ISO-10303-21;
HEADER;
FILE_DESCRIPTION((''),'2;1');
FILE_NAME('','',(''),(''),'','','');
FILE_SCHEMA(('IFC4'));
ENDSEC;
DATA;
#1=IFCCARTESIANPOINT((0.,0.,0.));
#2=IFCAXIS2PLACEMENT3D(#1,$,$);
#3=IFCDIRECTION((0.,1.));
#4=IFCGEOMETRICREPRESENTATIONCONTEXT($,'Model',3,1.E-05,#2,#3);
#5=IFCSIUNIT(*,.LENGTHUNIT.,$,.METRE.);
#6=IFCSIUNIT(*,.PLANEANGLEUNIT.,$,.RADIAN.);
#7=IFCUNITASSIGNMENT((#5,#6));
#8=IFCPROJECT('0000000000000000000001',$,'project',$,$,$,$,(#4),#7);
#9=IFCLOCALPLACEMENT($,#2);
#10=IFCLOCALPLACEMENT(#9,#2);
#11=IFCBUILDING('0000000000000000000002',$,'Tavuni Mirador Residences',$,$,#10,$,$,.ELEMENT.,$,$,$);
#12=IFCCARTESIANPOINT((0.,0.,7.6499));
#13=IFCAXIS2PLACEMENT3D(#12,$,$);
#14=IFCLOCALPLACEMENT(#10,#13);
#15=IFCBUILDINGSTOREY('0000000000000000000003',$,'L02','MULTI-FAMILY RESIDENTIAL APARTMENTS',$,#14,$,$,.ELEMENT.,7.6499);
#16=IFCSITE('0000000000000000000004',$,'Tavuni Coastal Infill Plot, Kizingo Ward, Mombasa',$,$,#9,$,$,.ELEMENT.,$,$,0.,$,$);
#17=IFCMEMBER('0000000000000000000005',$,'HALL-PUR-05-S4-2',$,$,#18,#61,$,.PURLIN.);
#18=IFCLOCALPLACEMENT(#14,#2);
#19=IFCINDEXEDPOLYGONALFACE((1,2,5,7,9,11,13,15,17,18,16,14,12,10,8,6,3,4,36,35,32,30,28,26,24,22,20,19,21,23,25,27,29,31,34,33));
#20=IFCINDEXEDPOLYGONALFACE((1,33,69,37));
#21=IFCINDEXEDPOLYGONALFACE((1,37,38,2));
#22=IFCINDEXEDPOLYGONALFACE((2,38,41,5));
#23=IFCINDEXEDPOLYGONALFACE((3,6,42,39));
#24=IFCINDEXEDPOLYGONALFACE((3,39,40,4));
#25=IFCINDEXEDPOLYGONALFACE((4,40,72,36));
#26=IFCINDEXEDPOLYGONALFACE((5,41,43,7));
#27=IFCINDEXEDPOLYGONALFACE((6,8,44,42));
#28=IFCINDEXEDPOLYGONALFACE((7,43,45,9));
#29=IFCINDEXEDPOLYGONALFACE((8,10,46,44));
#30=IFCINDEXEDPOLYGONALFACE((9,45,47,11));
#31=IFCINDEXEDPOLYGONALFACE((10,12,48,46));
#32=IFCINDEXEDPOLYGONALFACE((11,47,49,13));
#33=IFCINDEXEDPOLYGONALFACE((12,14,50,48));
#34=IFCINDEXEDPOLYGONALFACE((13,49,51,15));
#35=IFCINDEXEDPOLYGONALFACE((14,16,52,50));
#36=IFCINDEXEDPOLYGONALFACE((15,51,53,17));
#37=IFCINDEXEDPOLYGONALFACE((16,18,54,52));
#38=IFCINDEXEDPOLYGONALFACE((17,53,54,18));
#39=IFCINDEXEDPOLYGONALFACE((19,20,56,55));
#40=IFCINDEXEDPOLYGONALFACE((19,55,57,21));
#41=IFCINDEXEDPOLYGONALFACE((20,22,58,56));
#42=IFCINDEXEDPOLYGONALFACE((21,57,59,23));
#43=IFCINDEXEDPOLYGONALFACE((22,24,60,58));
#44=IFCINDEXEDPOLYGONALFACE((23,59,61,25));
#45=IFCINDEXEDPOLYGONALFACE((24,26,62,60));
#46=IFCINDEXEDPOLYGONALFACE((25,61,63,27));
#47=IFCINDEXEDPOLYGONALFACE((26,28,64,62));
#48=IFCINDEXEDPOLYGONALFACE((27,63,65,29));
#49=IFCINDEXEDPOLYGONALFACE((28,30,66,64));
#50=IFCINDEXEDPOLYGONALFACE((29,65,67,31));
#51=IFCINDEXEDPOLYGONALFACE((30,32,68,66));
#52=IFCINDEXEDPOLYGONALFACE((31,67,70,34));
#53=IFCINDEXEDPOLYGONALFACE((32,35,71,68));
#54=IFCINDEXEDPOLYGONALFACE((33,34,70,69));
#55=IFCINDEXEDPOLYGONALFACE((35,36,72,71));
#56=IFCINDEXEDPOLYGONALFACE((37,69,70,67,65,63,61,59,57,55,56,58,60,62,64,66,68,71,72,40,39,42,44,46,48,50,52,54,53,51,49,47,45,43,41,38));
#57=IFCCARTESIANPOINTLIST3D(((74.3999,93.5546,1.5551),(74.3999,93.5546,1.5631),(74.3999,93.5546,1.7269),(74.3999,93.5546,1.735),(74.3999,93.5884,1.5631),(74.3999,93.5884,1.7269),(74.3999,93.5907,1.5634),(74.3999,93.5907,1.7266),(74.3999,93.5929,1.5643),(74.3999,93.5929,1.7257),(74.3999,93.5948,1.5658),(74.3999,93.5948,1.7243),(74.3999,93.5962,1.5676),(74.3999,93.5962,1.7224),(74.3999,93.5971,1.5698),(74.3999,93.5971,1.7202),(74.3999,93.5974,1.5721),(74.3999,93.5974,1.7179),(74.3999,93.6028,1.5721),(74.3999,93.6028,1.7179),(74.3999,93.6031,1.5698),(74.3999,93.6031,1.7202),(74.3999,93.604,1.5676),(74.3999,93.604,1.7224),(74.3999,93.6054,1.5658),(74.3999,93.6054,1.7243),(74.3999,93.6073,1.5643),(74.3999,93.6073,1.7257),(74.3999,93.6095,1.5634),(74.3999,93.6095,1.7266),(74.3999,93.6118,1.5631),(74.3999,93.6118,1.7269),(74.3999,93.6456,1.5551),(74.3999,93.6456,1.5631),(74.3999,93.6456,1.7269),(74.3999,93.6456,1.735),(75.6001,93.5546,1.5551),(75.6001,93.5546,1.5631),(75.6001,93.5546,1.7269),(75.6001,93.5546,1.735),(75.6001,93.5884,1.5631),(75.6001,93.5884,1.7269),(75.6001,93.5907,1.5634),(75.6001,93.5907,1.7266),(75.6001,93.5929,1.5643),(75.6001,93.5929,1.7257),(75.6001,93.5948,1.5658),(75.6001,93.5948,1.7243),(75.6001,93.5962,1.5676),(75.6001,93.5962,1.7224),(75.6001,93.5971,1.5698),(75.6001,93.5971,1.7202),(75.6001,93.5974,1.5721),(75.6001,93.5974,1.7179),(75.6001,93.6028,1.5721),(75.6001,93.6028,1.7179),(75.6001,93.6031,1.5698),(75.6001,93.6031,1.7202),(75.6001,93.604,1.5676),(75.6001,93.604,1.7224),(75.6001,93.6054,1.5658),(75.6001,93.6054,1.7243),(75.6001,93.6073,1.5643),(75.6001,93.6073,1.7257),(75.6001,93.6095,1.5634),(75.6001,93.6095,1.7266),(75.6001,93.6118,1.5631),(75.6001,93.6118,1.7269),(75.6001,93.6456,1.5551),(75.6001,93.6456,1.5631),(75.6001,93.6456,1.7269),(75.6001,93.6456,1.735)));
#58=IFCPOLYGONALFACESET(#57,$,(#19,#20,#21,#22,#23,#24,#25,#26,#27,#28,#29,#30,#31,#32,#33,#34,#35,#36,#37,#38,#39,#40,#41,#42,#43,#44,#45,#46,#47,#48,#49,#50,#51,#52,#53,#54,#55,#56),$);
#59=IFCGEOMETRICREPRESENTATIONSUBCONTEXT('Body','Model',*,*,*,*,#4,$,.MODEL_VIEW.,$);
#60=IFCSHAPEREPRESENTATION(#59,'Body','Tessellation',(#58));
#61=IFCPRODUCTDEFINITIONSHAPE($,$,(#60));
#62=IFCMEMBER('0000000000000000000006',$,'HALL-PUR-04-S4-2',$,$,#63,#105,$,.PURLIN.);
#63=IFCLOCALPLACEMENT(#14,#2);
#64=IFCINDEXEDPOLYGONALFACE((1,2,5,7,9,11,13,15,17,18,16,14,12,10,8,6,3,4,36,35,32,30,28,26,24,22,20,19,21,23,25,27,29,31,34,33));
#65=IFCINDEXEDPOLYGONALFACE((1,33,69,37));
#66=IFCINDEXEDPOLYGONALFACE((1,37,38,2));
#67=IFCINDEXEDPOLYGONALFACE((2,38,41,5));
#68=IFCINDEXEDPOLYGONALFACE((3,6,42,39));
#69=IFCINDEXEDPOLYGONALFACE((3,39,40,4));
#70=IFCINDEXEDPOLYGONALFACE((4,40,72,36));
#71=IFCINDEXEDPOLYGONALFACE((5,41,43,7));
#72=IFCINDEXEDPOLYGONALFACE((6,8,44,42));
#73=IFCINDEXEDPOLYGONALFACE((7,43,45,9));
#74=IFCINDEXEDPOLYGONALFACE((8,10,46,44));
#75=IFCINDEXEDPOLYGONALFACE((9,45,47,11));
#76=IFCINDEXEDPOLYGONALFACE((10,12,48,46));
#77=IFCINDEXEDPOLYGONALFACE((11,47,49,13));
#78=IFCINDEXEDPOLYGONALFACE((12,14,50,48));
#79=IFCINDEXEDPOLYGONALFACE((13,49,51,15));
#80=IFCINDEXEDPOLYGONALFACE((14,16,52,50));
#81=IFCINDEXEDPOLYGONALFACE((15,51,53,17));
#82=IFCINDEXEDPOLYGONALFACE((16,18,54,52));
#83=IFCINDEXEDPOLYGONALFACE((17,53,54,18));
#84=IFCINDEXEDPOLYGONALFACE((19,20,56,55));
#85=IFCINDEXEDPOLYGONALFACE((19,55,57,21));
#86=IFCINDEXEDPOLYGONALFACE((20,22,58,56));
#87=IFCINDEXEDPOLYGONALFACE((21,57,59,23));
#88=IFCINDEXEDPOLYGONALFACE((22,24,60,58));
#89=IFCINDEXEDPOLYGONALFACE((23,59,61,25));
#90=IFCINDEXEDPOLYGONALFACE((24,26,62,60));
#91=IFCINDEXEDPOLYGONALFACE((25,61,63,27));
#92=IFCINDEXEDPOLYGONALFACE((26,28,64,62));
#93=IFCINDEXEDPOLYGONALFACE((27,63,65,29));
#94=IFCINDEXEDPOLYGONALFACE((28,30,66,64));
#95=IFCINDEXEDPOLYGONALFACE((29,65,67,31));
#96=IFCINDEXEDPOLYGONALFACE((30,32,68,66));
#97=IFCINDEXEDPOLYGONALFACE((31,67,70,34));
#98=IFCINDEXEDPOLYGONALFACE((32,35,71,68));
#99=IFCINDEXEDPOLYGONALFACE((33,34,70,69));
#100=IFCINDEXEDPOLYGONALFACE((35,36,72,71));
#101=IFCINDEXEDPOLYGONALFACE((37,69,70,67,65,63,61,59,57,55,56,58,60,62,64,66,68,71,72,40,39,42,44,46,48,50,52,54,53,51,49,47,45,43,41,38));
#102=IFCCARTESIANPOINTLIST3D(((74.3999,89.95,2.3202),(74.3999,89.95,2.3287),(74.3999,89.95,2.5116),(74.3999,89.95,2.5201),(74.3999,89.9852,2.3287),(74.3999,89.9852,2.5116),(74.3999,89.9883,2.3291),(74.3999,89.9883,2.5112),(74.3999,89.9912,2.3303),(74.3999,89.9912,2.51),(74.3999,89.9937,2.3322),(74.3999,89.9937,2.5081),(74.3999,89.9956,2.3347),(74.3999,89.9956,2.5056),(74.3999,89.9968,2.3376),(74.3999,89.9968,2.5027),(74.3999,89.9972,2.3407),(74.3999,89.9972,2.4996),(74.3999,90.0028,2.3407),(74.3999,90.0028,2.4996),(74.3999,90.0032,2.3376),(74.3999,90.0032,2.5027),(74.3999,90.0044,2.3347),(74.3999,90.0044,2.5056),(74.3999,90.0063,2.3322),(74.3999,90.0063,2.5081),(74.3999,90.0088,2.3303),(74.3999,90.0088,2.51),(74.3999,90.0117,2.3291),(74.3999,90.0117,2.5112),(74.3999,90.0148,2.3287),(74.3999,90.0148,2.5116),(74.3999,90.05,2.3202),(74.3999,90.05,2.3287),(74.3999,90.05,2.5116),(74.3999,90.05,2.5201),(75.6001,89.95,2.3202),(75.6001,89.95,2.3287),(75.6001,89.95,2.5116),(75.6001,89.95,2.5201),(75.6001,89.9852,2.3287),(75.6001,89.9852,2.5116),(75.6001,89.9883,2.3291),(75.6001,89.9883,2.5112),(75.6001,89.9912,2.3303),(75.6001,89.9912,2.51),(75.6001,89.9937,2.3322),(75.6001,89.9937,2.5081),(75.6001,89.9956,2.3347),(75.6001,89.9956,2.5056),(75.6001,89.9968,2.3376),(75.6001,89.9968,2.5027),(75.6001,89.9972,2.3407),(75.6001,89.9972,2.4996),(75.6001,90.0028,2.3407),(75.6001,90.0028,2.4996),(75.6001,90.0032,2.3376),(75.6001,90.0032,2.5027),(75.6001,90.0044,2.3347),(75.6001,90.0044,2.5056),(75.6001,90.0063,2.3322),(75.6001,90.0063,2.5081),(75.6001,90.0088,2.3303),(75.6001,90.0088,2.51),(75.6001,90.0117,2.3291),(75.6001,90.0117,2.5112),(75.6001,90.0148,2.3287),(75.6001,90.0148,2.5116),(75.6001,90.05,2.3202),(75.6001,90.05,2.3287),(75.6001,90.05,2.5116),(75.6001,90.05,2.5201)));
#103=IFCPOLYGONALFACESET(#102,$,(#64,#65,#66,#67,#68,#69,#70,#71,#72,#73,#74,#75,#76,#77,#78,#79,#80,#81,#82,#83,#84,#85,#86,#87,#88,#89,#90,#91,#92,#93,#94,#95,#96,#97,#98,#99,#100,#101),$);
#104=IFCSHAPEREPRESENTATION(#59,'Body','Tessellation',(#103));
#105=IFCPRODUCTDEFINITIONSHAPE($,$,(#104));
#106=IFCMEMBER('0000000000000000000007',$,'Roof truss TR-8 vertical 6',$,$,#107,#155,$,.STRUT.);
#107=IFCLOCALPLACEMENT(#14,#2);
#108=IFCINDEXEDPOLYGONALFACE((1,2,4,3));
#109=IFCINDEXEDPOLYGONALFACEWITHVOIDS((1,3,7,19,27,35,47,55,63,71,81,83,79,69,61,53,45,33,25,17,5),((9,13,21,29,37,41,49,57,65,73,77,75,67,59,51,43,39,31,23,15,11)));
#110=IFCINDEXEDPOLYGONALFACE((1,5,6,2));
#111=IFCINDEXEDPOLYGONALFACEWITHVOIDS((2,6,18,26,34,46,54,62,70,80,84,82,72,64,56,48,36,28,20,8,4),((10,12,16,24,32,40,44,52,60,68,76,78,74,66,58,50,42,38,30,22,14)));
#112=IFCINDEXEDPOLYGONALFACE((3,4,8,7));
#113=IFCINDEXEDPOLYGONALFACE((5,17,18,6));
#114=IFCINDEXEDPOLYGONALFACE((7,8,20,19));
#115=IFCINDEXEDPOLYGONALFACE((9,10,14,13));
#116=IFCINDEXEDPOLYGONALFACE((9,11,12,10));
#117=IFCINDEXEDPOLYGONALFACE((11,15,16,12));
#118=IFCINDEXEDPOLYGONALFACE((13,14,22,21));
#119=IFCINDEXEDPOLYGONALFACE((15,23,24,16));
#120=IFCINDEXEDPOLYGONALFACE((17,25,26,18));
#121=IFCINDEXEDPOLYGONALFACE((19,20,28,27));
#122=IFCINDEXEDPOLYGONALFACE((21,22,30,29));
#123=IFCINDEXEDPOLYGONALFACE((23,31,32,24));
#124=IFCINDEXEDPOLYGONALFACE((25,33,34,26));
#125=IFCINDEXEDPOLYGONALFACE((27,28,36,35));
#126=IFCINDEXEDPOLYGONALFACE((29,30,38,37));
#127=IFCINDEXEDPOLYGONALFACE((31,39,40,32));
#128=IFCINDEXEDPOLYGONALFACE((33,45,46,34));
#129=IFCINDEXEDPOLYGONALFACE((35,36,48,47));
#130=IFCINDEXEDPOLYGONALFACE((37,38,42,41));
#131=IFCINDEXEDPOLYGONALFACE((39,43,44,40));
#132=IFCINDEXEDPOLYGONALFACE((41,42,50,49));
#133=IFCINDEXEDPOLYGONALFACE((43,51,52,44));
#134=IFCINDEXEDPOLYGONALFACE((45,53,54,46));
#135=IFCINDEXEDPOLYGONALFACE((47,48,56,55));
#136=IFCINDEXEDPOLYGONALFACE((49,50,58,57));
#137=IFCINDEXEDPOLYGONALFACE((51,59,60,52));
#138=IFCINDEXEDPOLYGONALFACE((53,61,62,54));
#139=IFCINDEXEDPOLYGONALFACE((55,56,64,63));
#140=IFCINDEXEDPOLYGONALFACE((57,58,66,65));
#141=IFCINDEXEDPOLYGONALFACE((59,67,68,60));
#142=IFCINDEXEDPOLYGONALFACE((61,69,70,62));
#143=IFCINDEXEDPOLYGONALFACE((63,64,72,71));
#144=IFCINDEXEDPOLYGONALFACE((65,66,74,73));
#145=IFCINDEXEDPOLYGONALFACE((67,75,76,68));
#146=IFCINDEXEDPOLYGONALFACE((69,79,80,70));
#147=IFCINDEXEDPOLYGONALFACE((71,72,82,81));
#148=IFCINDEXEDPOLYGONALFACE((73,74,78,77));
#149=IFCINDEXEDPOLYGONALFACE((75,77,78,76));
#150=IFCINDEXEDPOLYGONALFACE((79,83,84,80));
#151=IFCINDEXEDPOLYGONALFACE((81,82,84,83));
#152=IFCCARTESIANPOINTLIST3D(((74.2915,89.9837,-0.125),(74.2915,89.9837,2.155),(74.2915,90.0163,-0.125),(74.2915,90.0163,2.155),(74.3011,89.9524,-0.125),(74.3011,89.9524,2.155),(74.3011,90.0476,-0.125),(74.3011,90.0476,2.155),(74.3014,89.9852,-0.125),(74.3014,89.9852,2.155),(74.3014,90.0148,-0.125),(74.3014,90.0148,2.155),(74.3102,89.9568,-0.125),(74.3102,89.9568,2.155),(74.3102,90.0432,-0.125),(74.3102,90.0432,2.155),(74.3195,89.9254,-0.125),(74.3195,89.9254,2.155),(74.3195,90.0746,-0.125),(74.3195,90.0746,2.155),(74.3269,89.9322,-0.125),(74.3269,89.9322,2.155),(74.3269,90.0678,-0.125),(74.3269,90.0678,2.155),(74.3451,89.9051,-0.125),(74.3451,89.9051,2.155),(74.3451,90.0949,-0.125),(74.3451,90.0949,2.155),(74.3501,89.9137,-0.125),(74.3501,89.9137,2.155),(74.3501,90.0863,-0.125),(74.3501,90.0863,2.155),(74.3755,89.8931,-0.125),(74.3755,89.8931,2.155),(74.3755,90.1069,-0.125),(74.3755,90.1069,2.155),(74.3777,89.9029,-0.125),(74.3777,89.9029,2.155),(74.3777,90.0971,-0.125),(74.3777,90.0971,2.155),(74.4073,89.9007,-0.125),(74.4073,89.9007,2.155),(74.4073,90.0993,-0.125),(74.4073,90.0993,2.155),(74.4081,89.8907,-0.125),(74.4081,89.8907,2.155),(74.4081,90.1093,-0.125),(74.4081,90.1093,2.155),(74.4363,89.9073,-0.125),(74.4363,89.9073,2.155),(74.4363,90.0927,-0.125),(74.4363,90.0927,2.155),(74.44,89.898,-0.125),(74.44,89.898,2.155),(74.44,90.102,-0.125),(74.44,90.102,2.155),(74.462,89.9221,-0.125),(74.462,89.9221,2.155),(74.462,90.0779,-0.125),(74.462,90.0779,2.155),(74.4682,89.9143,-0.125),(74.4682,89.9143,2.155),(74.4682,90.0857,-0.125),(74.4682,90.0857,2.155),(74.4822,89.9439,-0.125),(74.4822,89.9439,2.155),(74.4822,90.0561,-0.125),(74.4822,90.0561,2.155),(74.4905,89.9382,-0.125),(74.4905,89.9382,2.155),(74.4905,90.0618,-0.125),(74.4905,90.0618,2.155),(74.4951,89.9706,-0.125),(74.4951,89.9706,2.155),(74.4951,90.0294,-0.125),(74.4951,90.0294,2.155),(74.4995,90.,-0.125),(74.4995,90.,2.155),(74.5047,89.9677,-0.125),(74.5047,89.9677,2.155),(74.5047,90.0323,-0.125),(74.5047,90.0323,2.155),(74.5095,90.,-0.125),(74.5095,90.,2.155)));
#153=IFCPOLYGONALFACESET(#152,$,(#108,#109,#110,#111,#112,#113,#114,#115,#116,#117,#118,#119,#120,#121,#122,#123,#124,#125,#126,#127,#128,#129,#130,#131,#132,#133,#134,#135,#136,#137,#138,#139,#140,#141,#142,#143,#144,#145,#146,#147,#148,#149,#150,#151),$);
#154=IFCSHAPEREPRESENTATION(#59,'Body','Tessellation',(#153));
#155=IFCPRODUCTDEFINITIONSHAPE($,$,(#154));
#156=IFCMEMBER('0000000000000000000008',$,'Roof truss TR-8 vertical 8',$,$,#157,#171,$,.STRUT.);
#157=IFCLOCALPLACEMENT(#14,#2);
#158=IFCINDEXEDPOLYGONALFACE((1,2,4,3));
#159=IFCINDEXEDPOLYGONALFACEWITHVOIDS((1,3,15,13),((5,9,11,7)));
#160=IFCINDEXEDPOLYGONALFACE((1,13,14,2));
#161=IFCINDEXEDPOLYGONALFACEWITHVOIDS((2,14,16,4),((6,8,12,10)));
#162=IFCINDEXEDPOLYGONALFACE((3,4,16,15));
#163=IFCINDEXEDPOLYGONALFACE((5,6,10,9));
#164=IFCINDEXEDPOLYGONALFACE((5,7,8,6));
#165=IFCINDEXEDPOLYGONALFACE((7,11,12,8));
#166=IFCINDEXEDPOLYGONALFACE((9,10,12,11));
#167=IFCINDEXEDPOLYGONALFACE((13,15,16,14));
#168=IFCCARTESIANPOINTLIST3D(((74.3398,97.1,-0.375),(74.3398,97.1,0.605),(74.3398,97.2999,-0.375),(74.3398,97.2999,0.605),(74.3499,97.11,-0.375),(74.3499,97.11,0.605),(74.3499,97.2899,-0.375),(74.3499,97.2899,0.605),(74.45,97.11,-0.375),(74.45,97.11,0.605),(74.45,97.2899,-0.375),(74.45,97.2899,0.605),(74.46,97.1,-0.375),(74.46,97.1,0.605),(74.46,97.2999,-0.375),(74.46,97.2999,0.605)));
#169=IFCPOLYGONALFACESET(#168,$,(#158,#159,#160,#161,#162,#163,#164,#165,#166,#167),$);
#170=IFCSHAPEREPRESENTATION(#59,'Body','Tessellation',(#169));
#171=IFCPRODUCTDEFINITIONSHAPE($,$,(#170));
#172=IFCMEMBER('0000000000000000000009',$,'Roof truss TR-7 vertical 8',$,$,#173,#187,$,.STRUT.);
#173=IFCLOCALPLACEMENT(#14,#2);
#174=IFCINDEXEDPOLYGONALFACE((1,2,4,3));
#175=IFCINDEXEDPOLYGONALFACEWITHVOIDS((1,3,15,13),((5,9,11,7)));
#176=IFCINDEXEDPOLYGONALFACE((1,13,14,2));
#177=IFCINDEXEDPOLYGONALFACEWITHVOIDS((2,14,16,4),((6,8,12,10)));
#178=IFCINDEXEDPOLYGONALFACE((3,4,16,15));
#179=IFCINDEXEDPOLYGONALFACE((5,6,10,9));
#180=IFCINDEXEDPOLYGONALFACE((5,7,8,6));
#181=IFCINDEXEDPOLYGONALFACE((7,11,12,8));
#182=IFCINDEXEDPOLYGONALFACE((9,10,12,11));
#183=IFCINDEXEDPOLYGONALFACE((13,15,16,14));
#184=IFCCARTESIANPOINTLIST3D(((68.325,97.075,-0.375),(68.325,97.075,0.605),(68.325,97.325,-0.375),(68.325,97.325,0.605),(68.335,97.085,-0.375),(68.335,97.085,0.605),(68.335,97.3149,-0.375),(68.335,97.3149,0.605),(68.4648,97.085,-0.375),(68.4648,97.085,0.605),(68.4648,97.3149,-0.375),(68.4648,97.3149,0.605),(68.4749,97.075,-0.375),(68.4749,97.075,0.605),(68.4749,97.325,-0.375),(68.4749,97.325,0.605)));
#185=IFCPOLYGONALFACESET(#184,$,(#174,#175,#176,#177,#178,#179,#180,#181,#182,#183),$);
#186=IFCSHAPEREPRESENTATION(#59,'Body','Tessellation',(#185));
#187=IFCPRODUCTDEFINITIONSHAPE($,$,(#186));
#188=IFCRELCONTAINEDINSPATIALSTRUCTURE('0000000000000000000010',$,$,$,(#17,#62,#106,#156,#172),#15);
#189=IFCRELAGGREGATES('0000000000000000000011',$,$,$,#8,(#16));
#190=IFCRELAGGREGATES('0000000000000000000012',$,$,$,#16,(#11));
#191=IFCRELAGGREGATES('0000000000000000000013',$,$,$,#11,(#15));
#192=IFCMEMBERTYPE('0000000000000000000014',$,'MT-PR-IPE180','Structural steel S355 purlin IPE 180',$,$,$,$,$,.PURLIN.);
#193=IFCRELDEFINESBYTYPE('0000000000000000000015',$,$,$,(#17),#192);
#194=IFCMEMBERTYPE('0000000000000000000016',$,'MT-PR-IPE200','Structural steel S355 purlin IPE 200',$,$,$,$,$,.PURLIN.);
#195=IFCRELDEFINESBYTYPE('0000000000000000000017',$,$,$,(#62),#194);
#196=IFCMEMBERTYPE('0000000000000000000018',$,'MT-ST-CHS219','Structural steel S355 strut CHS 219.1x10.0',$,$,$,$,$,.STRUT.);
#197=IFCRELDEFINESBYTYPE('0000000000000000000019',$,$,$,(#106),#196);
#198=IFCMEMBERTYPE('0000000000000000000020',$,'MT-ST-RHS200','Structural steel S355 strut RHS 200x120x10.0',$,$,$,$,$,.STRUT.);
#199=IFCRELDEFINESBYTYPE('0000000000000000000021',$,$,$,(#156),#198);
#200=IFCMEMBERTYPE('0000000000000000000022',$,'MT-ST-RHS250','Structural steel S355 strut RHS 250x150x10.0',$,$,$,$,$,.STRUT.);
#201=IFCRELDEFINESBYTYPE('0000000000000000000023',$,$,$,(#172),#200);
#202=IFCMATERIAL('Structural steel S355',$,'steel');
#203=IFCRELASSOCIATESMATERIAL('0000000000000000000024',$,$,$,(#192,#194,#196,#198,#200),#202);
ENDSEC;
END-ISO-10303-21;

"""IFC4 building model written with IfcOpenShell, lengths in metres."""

from ifc_helpers import new_model, si_unit, direction, frame, origin, origin_2d, place, context, subcontext, project, spatial, hollow_rectangle, hollow_circle, i_section, extrude, material, material_profile, profile_set, type_object, element, save


model = new_model("IFC4")

# Units and contexts
model_context = context("Model", 3, precision=1e-05, world=origin(), true_north=direction((0.0, 1.0)))
body_context = subcontext(model_context, "Body", "Model", "MODEL_VIEW")
ifc_project = project(units=[si_unit("LENGTHUNIT", "METRE"), si_unit("PLANEANGLEUNIT", "RADIAN")], contexts=[model_context])

# Site, building, storey
site_placement = place(None, origin())
site = spatial("IfcSite", under=ifc_project, at=site_placement, Name="Tavuni Coastal Infill Plot, Kizingo Ward, Mombasa", CompositionType="ELEMENT", RefElevation=0.0)
building_placement = place(site_placement, origin())
building = spatial("IfcBuilding", under=site, at=building_placement, Name="Tavuni Mirador Residences", CompositionType="ELEMENT")
storey_placement = place(building_placement, frame((0.0, 0.0, 7.6499)))
storey = spatial("IfcBuildingStorey", under=building, at=storey_placement, Name="L02", Description="MULTI-FAMILY RESIDENTIAL APARTMENTS", CompositionType="ELEMENT", Elevation=7.6499)

# Members
ifc_material_1 = material(Name="Structural steel S355", Category="steel")
ifc_material_profile_1 = material_profile(ifc_material_1, i_section(OverallWidth=0.0911, OverallDepth=0.1799, WebThickness=0.0054, FlangeThickness=0.0081, FilletRadius=0.009, at=origin_2d()), Name="IPE 180", Category="steel")
ifc_profile_set_1 = profile_set([ifc_material_profile_1], Name="Structural steel S355")
member_type_1 = type_object("IfcMemberType", Name="MT-PR-IPE180", Description="Structural steel S355 purlin IPE 180", PredefinedType="PURLIN", material=ifc_profile_set_1)
member_1_placement = place(storey_placement, frame((74.3999, 93.6001, 1.645), z_axis=(1.0, 0.0, 0.0), x_axis=(0.0, 1.0, 0.0)))
element("IfcMember", 1, at=member_1_placement, inside=storey, type_object=member_type_1, Name="HALL-PUR-05-S4-2", PredefinedType="PURLIN", context=body_context, shape_type="SweptSolid", body=[
    extrude(i_section(OverallWidth=0.0911, OverallDepth=0.1799, WebThickness=0.0054, FlangeThickness=0.0081, FilletRadius=0.009, at=origin_2d()), origin(), (0.0, 0.0, 1.0), 1.2002),
])
ifc_material_profile_2 = material_profile(ifc_material_1, i_section(OverallWidth=0.1001, OverallDepth=0.2, WebThickness=0.0056, FlangeThickness=0.0085, FilletRadius=0.012, at=origin_2d()), Name="IPE 200", Category="steel")
ifc_profile_set_2 = profile_set([ifc_material_profile_2], Name="Structural steel S355")
member_type_2 = type_object("IfcMemberType", Name="MT-PR-IPE200", Description="Structural steel S355 purlin IPE 200", PredefinedType="PURLIN", material=ifc_profile_set_2)
member_2_placement = place(storey_placement, frame((74.3999, 90.0, 2.4202), z_axis=(1.0, 0.0, 0.0), x_axis=(0.0, 1.0, 0.0)))
element("IfcMember", 2, at=member_2_placement, inside=storey, type_object=member_type_2, Name="HALL-PUR-04-S4-2", PredefinedType="PURLIN", context=body_context, shape_type="SweptSolid", body=[
    extrude(i_section(OverallWidth=0.1001, OverallDepth=0.2, WebThickness=0.0056, FlangeThickness=0.0085, FilletRadius=0.012, at=origin_2d()), origin(), (0.0, 0.0, 1.0), 1.2002),
])
ifc_material_profile_3 = material_profile(ifc_material_1, hollow_circle(Radius=0.1096, WallThickness=0.01, at=origin_2d()), Name="CHS 219.1x10.0", Category="steel")
ifc_profile_set_3 = profile_set([ifc_material_profile_3], Name="Structural steel S355")
member_type_3 = type_object("IfcMemberType", Name="MT-ST-CHS219", Description="Structural steel S355 strut CHS 219.1x10.0", PredefinedType="STRUT", material=ifc_profile_set_3)
member_3_placement = place(storey_placement, frame((74.3999, 90.0, -0.125), z_axis=(0.0, 0.0, 1.0), x_axis=(1.0, 0.0, 0.0)))
element("IfcMember", 3, at=member_3_placement, inside=storey, type_object=member_type_3, Name="Roof truss TR-8 vertical 6", PredefinedType="STRUT", context=body_context, shape_type="SweptSolid", body=[
    extrude(hollow_circle(Radius=0.1096, WallThickness=0.01, at=origin_2d()), origin(), (0.0, 0.0, 1.0), 2.28),
])
ifc_material_profile_4 = material_profile(ifc_material_1, hollow_rectangle(XDim=0.1201, YDim=0.2, WallThickness=0.01, at=origin_2d()), Name="RHS 200x120x10.0", Category="steel")
ifc_profile_set_4 = profile_set([ifc_material_profile_4], Name="Structural steel S355")
member_type_4 = type_object("IfcMemberType", Name="MT-ST-RHS200", Description="Structural steel S355 strut RHS 200x120x10.0", PredefinedType="STRUT", material=ifc_profile_set_4)
member_4_placement = place(storey_placement, frame((74.3999, 97.2, -0.375), z_axis=(0.0, 0.0, 1.0), x_axis=(1.0, 0.0, 0.0)))
element("IfcMember", 4, at=member_4_placement, inside=storey, type_object=member_type_4, Name="Roof truss TR-8 vertical 8", PredefinedType="STRUT", context=body_context, shape_type="SweptSolid", body=[
    extrude(hollow_rectangle(XDim=0.1201, YDim=0.2, WallThickness=0.01, at=origin_2d()), origin(), (0.0, 0.0, 1.0), 0.98),
])
ifc_material_profile_5 = material_profile(ifc_material_1, hollow_rectangle(XDim=0.1499, YDim=0.25, WallThickness=0.01, at=origin_2d()), Name="RHS 250x150x10.0", Category="steel")
ifc_profile_set_5 = profile_set([ifc_material_profile_5], Name="Structural steel S355")
member_type_5 = type_object("IfcMemberType", Name="MT-ST-RHS250", Description="Structural steel S355 strut RHS 250x150x10.0", PredefinedType="STRUT", material=ifc_profile_set_5)
member_5_placement = place(storey_placement, frame((68.3999, 97.2, -0.375), z_axis=(0.0, 0.0, 1.0), x_axis=(1.0, 0.0, 0.0)))
element("IfcMember", 5, at=member_5_placement, inside=storey, type_object=member_type_5, Name="Roof truss TR-7 vertical 8", PredefinedType="STRUT", context=body_context, shape_type="SweptSolid", body=[
    extrude(hollow_rectangle(XDim=0.1499, YDim=0.25, WallThickness=0.01, at=origin_2d()), origin(), (0.0, 0.0, 1.0), 0.98),
])

save(model, "model.ifc")
